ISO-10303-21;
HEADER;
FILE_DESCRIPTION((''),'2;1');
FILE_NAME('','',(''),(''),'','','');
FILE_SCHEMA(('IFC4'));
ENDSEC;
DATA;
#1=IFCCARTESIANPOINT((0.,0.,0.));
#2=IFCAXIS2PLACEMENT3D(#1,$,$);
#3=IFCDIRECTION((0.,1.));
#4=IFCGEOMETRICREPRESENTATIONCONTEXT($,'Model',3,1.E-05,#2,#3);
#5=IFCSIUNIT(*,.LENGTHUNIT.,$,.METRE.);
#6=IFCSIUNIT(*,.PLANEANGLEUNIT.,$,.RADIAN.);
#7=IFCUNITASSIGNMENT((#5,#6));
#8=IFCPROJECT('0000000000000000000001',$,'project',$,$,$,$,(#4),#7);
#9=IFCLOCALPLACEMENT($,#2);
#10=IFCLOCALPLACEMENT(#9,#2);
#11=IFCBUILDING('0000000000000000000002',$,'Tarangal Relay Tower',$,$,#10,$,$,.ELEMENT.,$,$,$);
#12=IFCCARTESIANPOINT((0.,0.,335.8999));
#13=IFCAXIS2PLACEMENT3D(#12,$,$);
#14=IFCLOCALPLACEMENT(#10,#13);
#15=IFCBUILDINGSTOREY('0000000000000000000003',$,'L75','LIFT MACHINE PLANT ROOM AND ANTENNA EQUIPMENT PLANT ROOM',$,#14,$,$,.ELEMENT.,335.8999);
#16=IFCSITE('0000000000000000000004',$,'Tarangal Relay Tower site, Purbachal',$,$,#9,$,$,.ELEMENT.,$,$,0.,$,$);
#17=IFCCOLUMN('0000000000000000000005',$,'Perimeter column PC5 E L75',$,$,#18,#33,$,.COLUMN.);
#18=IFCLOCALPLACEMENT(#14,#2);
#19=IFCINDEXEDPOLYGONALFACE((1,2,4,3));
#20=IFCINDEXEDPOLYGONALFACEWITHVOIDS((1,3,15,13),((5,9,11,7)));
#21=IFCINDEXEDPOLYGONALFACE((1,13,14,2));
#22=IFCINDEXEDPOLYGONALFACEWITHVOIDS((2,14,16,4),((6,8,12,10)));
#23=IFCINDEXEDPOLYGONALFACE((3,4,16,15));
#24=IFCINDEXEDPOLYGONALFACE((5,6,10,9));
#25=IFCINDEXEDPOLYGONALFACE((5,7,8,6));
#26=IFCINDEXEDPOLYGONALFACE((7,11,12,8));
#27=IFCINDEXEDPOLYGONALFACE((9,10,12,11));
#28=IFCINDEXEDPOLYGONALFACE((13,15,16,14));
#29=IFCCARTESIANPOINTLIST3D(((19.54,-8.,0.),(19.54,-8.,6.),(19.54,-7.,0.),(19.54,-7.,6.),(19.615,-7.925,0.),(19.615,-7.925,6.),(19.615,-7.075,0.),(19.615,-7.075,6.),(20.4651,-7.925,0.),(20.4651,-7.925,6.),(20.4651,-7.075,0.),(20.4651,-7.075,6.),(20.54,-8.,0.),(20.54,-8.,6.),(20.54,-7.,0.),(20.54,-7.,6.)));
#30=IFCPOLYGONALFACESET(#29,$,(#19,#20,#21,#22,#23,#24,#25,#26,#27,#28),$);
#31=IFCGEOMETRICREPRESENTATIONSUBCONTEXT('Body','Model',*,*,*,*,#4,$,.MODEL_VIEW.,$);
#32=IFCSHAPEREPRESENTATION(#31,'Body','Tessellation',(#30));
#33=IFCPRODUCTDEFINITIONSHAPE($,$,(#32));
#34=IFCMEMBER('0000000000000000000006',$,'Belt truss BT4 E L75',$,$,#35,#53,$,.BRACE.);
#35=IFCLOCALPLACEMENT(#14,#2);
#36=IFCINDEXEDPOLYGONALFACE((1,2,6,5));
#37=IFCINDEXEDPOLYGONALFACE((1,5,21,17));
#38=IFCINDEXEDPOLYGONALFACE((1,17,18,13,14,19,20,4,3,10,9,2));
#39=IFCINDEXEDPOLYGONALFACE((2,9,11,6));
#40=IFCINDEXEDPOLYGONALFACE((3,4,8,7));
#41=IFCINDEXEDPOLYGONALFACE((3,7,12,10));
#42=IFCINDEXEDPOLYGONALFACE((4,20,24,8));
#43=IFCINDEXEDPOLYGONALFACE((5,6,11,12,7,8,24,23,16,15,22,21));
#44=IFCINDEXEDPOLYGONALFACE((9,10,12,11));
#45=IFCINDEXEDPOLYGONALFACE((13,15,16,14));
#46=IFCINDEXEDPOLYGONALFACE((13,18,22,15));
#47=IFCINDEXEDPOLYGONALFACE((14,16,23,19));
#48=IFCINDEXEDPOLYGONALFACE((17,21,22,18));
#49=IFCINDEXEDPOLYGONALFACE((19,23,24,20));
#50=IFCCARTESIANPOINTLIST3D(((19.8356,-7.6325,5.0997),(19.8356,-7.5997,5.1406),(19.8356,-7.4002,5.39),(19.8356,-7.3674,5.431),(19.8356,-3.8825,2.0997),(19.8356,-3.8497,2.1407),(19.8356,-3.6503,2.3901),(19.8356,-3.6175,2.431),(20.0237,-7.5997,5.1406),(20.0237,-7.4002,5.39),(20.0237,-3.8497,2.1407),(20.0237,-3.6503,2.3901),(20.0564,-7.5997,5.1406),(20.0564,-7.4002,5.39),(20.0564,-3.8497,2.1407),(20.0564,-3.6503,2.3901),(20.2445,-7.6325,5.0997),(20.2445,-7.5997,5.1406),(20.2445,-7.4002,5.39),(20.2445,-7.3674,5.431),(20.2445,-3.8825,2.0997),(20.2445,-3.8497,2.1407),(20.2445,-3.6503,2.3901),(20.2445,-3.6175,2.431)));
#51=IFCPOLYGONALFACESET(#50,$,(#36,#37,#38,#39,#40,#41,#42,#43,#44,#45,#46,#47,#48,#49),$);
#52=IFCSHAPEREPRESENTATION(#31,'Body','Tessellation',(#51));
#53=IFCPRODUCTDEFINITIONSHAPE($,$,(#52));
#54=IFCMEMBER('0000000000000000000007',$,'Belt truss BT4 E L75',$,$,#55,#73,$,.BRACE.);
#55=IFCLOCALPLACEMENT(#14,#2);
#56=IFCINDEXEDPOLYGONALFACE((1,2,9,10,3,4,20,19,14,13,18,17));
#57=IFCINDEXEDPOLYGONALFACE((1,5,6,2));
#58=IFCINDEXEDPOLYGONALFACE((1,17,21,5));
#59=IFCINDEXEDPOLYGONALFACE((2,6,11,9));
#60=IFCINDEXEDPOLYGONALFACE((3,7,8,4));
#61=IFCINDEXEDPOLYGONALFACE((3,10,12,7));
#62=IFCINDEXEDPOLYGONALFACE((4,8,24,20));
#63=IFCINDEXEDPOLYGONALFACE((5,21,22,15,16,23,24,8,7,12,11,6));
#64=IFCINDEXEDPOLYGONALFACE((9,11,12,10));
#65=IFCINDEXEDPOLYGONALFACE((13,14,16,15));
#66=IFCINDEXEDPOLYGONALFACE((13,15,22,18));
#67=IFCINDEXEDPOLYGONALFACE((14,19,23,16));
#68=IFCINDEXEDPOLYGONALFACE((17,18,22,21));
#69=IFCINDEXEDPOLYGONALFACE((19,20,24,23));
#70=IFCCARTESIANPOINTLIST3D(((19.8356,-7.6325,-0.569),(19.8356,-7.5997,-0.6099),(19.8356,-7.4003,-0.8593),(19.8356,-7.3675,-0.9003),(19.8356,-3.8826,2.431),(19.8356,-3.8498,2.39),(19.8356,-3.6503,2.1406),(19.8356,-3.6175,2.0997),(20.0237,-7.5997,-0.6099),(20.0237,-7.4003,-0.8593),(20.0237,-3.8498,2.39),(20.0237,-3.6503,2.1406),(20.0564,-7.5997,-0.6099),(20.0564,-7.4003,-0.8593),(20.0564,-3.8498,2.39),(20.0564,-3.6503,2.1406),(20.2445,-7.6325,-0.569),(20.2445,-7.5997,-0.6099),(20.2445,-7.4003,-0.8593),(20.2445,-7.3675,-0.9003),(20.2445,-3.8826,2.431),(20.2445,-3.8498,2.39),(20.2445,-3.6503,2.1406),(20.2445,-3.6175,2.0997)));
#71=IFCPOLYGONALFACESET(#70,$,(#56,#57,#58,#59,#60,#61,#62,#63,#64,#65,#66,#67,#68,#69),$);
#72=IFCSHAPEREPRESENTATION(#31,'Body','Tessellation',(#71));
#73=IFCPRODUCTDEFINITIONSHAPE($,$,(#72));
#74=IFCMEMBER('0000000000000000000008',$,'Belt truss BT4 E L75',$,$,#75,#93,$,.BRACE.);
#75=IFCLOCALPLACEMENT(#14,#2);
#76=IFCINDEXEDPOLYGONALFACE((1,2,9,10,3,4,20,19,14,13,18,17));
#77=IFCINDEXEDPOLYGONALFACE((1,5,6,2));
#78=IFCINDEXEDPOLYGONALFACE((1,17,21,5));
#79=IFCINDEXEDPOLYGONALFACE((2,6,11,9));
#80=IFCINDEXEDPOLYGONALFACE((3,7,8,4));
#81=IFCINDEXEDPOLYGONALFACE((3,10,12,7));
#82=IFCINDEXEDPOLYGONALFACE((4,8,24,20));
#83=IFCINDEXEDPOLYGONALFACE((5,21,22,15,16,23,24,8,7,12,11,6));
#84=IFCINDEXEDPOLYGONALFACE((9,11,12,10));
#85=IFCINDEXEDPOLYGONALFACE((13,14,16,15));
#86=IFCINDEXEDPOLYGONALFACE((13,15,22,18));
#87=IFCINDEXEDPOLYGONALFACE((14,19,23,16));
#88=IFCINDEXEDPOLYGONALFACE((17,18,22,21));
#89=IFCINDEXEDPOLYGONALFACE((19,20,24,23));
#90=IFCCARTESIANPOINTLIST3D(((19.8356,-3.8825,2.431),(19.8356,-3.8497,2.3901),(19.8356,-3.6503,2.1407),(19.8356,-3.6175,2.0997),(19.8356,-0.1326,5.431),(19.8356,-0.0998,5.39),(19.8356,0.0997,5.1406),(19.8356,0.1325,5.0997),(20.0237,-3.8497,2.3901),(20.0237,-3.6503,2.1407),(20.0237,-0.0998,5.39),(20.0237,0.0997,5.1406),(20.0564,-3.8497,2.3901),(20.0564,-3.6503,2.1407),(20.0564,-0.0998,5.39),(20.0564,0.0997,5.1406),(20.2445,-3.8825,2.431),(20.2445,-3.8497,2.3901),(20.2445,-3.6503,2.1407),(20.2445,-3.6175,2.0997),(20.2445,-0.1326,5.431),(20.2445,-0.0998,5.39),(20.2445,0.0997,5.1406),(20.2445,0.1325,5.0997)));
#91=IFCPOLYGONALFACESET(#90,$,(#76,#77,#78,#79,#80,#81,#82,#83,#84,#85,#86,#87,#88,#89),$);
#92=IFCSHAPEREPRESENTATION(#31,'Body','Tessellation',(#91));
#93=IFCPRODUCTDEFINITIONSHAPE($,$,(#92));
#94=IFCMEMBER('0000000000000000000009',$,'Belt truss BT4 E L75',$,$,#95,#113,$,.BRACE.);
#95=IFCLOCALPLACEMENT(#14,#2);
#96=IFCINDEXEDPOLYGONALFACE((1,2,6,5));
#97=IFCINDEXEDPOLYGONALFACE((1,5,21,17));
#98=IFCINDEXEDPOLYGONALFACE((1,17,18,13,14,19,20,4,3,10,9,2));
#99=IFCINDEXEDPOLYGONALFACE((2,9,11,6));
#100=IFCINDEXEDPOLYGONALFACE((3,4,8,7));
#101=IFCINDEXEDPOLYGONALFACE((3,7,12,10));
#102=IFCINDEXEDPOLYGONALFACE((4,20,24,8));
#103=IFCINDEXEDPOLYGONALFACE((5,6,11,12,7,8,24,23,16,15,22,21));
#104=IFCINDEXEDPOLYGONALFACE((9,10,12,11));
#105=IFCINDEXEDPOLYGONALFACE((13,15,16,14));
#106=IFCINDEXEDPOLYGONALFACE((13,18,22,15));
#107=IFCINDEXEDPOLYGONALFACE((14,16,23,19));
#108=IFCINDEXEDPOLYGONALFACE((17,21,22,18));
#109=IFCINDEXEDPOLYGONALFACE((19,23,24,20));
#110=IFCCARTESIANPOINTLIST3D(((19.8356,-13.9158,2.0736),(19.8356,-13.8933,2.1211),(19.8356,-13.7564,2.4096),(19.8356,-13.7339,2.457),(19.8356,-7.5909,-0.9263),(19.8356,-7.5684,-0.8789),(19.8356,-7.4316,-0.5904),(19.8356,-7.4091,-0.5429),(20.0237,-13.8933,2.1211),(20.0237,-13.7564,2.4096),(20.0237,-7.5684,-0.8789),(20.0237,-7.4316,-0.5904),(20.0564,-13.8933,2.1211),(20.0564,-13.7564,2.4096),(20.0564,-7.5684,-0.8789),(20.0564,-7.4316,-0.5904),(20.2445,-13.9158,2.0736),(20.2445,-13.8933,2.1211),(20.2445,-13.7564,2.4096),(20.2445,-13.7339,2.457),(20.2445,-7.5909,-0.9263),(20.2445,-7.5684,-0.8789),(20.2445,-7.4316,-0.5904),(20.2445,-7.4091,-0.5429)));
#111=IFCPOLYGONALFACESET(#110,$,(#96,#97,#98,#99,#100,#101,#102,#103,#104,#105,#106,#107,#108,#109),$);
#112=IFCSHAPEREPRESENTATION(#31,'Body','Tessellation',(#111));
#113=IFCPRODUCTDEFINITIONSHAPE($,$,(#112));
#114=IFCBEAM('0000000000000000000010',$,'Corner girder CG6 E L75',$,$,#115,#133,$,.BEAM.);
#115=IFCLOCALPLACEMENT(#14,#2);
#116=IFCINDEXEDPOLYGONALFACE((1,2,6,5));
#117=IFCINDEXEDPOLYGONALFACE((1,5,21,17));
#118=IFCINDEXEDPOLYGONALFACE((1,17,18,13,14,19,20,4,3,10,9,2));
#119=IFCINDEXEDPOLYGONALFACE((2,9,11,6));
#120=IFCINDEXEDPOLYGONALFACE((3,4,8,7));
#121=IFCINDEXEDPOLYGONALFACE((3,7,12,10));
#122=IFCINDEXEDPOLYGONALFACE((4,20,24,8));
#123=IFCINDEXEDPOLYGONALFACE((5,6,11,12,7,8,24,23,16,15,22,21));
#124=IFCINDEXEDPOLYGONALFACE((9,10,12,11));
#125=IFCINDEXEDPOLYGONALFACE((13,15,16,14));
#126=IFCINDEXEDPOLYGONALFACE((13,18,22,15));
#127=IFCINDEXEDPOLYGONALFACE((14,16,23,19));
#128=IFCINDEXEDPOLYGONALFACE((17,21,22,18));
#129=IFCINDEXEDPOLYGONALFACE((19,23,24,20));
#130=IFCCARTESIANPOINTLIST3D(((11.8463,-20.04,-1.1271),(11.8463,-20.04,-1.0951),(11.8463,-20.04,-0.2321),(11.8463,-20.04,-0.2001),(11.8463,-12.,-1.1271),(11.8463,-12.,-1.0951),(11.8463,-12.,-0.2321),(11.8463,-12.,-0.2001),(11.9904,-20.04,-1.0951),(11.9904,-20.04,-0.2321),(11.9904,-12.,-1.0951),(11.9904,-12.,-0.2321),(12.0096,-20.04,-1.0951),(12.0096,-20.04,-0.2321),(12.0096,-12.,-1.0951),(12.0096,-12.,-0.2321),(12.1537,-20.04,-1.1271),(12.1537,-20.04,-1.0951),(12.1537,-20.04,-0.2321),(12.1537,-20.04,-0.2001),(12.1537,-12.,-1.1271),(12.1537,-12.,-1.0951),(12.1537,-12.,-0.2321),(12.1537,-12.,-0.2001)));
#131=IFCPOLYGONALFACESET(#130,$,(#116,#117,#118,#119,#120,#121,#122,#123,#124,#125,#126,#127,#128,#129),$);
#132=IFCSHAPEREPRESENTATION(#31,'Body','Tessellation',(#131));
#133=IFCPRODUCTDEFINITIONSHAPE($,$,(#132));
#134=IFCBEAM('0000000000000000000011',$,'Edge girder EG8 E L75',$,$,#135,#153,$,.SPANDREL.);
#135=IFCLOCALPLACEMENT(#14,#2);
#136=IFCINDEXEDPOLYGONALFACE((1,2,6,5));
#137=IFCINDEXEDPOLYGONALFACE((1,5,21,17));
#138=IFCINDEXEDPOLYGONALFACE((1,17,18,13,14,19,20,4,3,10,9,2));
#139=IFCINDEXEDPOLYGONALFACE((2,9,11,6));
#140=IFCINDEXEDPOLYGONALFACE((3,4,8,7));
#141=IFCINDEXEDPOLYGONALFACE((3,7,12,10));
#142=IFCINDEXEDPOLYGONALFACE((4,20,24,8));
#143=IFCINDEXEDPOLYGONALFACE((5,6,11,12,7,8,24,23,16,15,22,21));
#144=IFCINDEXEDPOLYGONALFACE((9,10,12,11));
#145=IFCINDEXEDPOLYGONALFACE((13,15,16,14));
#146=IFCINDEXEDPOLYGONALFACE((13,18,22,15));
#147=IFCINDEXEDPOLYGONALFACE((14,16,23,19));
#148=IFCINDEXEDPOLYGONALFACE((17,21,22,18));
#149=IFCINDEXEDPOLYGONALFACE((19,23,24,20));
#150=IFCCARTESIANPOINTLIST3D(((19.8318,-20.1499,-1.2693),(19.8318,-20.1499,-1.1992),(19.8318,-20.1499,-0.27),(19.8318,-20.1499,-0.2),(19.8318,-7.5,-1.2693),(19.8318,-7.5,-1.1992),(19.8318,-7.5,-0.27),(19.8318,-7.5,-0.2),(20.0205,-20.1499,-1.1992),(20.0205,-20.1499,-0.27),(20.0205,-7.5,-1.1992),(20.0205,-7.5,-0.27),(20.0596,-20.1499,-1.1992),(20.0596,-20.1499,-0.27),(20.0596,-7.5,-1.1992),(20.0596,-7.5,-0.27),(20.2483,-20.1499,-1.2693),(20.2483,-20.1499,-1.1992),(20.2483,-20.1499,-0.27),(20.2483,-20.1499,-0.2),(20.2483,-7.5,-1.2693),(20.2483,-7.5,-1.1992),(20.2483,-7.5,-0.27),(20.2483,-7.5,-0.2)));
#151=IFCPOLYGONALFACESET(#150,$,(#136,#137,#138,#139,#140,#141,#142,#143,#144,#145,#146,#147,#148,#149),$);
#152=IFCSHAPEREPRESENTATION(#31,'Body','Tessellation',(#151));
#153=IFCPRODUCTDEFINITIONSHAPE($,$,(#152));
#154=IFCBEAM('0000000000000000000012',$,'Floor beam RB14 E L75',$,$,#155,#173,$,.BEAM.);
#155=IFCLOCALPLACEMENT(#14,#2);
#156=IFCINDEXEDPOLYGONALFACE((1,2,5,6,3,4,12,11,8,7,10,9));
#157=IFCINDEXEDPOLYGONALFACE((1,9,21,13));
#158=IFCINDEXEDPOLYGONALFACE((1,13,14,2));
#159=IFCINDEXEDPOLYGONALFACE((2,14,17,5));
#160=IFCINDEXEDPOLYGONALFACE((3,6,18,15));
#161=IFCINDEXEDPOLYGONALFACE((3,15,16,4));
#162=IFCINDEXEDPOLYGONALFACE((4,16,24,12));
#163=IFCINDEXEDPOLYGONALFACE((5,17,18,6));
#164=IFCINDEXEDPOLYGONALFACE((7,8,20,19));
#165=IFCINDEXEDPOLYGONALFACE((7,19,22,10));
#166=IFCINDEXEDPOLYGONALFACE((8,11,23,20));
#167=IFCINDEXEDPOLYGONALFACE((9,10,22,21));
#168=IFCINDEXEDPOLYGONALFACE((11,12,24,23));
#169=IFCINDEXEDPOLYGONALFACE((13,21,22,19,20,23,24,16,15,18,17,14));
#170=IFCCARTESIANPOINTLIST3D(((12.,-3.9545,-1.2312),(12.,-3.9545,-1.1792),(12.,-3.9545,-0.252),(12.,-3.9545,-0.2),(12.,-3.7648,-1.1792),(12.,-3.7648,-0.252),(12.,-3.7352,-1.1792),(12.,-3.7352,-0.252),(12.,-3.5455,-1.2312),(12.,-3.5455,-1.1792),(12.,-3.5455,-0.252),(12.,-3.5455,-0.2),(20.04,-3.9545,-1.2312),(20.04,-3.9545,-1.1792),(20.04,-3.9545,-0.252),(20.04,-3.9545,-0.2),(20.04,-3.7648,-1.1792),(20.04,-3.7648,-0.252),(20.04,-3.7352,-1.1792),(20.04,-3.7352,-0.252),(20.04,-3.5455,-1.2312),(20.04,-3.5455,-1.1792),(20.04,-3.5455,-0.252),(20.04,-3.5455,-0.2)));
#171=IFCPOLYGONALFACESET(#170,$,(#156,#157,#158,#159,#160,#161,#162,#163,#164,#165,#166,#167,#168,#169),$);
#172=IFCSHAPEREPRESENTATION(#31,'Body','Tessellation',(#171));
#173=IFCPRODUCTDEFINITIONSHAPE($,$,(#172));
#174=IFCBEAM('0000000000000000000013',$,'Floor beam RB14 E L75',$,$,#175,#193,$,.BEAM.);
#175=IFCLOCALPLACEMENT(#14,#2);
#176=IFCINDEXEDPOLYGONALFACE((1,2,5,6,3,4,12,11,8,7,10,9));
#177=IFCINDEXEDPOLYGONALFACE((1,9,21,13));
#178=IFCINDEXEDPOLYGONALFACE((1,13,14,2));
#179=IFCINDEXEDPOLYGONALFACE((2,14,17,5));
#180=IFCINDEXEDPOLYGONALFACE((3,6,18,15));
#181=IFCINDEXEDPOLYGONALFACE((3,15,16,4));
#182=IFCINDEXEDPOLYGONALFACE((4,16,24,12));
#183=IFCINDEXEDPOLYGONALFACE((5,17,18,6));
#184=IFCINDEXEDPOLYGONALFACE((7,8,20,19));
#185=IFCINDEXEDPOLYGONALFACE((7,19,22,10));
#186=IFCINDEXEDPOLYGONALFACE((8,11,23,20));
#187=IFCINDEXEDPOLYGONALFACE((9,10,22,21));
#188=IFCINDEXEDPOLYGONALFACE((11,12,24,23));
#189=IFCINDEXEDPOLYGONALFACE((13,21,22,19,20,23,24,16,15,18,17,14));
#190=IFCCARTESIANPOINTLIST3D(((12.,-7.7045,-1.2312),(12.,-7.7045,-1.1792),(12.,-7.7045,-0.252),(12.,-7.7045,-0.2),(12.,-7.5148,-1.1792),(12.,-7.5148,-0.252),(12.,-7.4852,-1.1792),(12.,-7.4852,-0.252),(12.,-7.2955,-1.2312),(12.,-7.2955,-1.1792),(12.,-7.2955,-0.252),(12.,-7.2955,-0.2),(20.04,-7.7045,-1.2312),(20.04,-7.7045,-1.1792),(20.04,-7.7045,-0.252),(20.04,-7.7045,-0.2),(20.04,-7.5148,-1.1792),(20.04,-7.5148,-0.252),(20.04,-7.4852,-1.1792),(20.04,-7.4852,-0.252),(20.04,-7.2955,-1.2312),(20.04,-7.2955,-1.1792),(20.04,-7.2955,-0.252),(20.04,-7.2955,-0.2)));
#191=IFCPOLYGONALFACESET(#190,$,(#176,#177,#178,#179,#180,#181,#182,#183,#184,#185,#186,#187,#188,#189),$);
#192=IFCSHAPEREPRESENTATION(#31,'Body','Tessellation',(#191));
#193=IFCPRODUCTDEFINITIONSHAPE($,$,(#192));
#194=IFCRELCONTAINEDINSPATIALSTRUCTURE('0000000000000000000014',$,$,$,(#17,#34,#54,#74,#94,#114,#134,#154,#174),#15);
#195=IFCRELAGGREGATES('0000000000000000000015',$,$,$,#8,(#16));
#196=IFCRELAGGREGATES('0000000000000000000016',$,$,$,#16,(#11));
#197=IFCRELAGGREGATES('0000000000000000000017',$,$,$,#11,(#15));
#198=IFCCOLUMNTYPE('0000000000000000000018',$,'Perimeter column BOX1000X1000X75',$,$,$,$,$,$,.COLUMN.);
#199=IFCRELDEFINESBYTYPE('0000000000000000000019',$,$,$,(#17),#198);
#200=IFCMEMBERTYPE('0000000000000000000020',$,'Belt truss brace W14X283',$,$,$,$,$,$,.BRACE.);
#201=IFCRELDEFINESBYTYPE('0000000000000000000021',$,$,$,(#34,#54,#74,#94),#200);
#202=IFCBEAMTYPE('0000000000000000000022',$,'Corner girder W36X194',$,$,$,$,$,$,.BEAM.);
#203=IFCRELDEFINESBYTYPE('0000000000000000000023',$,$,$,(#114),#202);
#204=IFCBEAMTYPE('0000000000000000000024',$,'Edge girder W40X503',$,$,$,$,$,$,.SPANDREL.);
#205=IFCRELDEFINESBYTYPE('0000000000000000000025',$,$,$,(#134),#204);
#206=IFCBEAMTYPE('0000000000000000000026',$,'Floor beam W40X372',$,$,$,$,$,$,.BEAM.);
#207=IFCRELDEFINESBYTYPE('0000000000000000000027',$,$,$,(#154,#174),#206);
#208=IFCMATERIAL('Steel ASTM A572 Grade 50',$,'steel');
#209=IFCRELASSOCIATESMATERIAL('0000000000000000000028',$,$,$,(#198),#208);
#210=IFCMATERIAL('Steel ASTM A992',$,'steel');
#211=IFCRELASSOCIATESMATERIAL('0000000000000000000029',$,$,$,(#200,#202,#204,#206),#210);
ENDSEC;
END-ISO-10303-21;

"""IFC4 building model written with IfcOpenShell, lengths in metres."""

from ifc_helpers import new_model, si_unit, direction, frame, origin, origin_2d, place, context, subcontext, project, spatial, hollow_rectangle, i_section, extrude, material, material_profile, profile_set, type_object, element, save


model = new_model("IFC4")

# Units and contexts
model_context = context("Model", 3, precision=1e-05, world=origin(), true_north=direction((0.0, 1.0)))
body_context = subcontext(model_context, "Body", "Model", "MODEL_VIEW")
ifc_project = project(units=[si_unit("LENGTHUNIT", "METRE"), si_unit("PLANEANGLEUNIT", "RADIAN")], contexts=[model_context])

# Site, building, storey
site_placement = place(None, origin())
site = spatial("IfcSite", under=ifc_project, at=site_placement, Name="Tarangal Relay Tower site, Purbachal", CompositionType="ELEMENT", RefElevation=0.0)
building_placement = place(site_placement, origin())
building = spatial("IfcBuilding", under=site, at=building_placement, Name="Tarangal Relay Tower", CompositionType="ELEMENT")
storey_placement = place(building_placement, frame((0.0, 0.0, 335.8999)))
storey = spatial("IfcBuildingStorey", under=building, at=storey_placement, Name="L75", Description="LIFT MACHINE PLANT ROOM AND ANTENNA EQUIPMENT PLANT ROOM", CompositionType="ELEMENT", Elevation=335.8999)

# Column
ifc_material_1 = material(Name="Steel ASTM A572 Grade 50", Category="steel")
ifc_material_profile_1 = material_profile(ifc_material_1, hollow_rectangle(XDim=1.0, YDim=1.0, WallThickness=0.075, at=origin_2d()), Name="BOX1000X1000X75")
ifc_profile_set_1 = profile_set([ifc_material_profile_1], Name="Steel ASTM A572 Grade 50")
column_type = type_object("IfcColumnType", Name="Perimeter column BOX1000X1000X75", PredefinedType="COLUMN", material=ifc_profile_set_1)
column_placement = place(storey_placement, frame((20.04, -7.5, 0.0), z_axis=(0.0, 0.0, 1.0), x_axis=(1.0, 0.0, 0.0)))
element("IfcColumn", 1, at=column_placement, inside=storey, type_object=column_type, Name="Perimeter column PC5 E L75", PredefinedType="COLUMN", context=body_context, shape_type="SweptSolid", body=[
    extrude(hollow_rectangle(XDim=1.0, YDim=1.0, WallThickness=0.075, at=origin_2d()), origin(), (0.0, 0.0, 1.0), 6.0),
])

# Members
ifc_material_2 = material(Name="Steel ASTM A992", Category="steel")
ifc_material_profile_2 = material_profile(ifc_material_2, i_section(OverallWidth=0.4089, OverallDepth=0.4243, WebThickness=0.0327, FlangeThickness=0.0525, at=origin_2d()), Name="W14X283")
ifc_profile_set_2 = profile_set([ifc_material_profile_2], Name="Steel ASTM A992")
member_type_1 = type_object("IfcMemberType", Name="Belt truss brace W14X283", PredefinedType="BRACE", material=ifc_profile_set_2)
for number, where, z_axis, x_axis, name in (
    (2, (20.04, -3.75, 2.2654), (0.0, -0.780869, 0.624695), (1.0, 0.0, 0.0), "Belt truss BT4 E L75"),
    (3, (20.04, -7.5, -0.7346), (0.0, 0.780869, 0.624695), (-1.0, 0.0, 0.0), "Belt truss BT4 E L75"),
    (4, (20.04, -3.75, 2.2654), (0.0, 0.780869, 0.624695), (-1.0, 0.0, 0.0), "Belt truss BT4 E L75"),
):
    element("IfcMember", number, at=place(storey_placement, frame(where, z_axis=z_axis, x_axis=x_axis)), inside=storey, type_object=member_type_1, Name=name, PredefinedType="BRACE", context=body_context, shape_type="SweptSolid", body=[
        extrude(i_section(OverallWidth=0.4089, OverallDepth=0.4243, WebThickness=0.0327, FlangeThickness=0.0525, at=origin_2d()), origin(), (0.0, 0.0, 1.0), 4.8022),
    ])
member_1_placement = place(storey_placement, frame((20.04, -7.5, -0.7346), z_axis=(0.0, -0.903518, 0.42855), x_axis=(1.0, 0.0, 0.0)))
element("IfcMember", 5, at=member_1_placement, inside=storey, type_object=member_type_1, Name="Belt truss BT4 E L75", PredefinedType="BRACE", context=body_context, shape_type="SweptSolid", body=[
    extrude(i_section(OverallWidth=0.4089, OverallDepth=0.4243, WebThickness=0.0327, FlangeThickness=0.0525, at=origin_2d()), origin(), (0.0, 0.0, 1.0), 7.0002),
])

# Beams
ifc_material_profile_3 = material_profile(ifc_material_2, i_section(OverallWidth=0.3074, OverallDepth=0.927, WebThickness=0.0193, FlangeThickness=0.032, at=origin_2d()), Name="W36X194")
ifc_profile_set_3 = profile_set([ifc_material_profile_3], Name="Steel ASTM A992")
beam_type_1 = type_object("IfcBeamType", Name="Corner girder W36X194", PredefinedType="BEAM", material=ifc_profile_set_3)
beam_1_placement = place(storey_placement, frame((12.0, -12.0, -0.6636), z_axis=(0.0, -1.0, 0.0), x_axis=(1.0, 0.0, 0.0)))
element("IfcBeam", 6, at=beam_1_placement, inside=storey, type_object=beam_type_1, Name="Corner girder CG6 E L75", PredefinedType="BEAM", context=body_context, shape_type="SweptSolid", body=[
    extrude(i_section(OverallWidth=0.3074, OverallDepth=0.927, WebThickness=0.0193, FlangeThickness=0.032, at=origin_2d()), origin(), (0.0, 0.0, 1.0), 8.04),
])
ifc_material_profile_4 = material_profile(ifc_material_2, i_section(OverallWidth=0.4165, OverallDepth=1.0693, WebThickness=0.0391, FlangeThickness=0.0701, at=origin_2d()), Name="W40X503")
ifc_profile_set_4 = profile_set([ifc_material_profile_4], Name="Steel ASTM A992")
beam_type_2 = type_object("IfcBeamType", Name="Edge girder W40X503", PredefinedType="SPANDREL", material=ifc_profile_set_4)
beam_2_placement = place(storey_placement, frame((20.04, -7.5, -0.7346), z_axis=(0.0, -1.0, 0.0), x_axis=(1.0, 0.0, 0.0)))
element("IfcBeam", 7, at=beam_2_placement, inside=storey, type_object=beam_type_2, Name="Edge girder EG8 E L75", PredefinedType="SPANDREL", context=body_context, shape_type="SweptSolid", body=[
    extrude(i_section(OverallWidth=0.4165, OverallDepth=1.0693, WebThickness=0.0391, FlangeThickness=0.0701, at=origin_2d()), origin(), (0.0, 0.0, 1.0), 12.6499),
])
ifc_material_profile_5 = material_profile(ifc_material_2, i_section(OverallWidth=0.4089, OverallDepth=1.0312, WebThickness=0.0295, FlangeThickness=0.052, at=origin_2d()), Name="W40X372")
ifc_profile_set_5 = profile_set([ifc_material_profile_5], Name="Steel ASTM A992")
beam_type_3 = type_object("IfcBeamType", Name="Floor beam W40X372", PredefinedType="BEAM", material=ifc_profile_set_5)
for number, where, z_axis, x_axis, name in (
    (8, (12.0, -3.75, -0.7156), (1.0, 0.0, 0.0), (0.0, 1.0, 0.0), "Floor beam RB14 E L75"),
    (9, (12.0, -7.5, -0.7156), (1.0, 0.0, 0.0), (0.0, 1.0, 0.0), "Floor beam RB14 E L75"),
):
    element("IfcBeam", number, at=place(storey_placement, frame(where, z_axis=z_axis, x_axis=x_axis)), inside=storey, type_object=beam_type_3, Name=name, PredefinedType="BEAM", context=body_context, shape_type="SweptSolid", body=[
        extrude(i_section(OverallWidth=0.4089, OverallDepth=1.0312, WebThickness=0.0295, FlangeThickness=0.052, at=origin_2d()), origin(), (0.0, 0.0, 1.0), 8.04),
    ])

save(model, "model.ifc")
